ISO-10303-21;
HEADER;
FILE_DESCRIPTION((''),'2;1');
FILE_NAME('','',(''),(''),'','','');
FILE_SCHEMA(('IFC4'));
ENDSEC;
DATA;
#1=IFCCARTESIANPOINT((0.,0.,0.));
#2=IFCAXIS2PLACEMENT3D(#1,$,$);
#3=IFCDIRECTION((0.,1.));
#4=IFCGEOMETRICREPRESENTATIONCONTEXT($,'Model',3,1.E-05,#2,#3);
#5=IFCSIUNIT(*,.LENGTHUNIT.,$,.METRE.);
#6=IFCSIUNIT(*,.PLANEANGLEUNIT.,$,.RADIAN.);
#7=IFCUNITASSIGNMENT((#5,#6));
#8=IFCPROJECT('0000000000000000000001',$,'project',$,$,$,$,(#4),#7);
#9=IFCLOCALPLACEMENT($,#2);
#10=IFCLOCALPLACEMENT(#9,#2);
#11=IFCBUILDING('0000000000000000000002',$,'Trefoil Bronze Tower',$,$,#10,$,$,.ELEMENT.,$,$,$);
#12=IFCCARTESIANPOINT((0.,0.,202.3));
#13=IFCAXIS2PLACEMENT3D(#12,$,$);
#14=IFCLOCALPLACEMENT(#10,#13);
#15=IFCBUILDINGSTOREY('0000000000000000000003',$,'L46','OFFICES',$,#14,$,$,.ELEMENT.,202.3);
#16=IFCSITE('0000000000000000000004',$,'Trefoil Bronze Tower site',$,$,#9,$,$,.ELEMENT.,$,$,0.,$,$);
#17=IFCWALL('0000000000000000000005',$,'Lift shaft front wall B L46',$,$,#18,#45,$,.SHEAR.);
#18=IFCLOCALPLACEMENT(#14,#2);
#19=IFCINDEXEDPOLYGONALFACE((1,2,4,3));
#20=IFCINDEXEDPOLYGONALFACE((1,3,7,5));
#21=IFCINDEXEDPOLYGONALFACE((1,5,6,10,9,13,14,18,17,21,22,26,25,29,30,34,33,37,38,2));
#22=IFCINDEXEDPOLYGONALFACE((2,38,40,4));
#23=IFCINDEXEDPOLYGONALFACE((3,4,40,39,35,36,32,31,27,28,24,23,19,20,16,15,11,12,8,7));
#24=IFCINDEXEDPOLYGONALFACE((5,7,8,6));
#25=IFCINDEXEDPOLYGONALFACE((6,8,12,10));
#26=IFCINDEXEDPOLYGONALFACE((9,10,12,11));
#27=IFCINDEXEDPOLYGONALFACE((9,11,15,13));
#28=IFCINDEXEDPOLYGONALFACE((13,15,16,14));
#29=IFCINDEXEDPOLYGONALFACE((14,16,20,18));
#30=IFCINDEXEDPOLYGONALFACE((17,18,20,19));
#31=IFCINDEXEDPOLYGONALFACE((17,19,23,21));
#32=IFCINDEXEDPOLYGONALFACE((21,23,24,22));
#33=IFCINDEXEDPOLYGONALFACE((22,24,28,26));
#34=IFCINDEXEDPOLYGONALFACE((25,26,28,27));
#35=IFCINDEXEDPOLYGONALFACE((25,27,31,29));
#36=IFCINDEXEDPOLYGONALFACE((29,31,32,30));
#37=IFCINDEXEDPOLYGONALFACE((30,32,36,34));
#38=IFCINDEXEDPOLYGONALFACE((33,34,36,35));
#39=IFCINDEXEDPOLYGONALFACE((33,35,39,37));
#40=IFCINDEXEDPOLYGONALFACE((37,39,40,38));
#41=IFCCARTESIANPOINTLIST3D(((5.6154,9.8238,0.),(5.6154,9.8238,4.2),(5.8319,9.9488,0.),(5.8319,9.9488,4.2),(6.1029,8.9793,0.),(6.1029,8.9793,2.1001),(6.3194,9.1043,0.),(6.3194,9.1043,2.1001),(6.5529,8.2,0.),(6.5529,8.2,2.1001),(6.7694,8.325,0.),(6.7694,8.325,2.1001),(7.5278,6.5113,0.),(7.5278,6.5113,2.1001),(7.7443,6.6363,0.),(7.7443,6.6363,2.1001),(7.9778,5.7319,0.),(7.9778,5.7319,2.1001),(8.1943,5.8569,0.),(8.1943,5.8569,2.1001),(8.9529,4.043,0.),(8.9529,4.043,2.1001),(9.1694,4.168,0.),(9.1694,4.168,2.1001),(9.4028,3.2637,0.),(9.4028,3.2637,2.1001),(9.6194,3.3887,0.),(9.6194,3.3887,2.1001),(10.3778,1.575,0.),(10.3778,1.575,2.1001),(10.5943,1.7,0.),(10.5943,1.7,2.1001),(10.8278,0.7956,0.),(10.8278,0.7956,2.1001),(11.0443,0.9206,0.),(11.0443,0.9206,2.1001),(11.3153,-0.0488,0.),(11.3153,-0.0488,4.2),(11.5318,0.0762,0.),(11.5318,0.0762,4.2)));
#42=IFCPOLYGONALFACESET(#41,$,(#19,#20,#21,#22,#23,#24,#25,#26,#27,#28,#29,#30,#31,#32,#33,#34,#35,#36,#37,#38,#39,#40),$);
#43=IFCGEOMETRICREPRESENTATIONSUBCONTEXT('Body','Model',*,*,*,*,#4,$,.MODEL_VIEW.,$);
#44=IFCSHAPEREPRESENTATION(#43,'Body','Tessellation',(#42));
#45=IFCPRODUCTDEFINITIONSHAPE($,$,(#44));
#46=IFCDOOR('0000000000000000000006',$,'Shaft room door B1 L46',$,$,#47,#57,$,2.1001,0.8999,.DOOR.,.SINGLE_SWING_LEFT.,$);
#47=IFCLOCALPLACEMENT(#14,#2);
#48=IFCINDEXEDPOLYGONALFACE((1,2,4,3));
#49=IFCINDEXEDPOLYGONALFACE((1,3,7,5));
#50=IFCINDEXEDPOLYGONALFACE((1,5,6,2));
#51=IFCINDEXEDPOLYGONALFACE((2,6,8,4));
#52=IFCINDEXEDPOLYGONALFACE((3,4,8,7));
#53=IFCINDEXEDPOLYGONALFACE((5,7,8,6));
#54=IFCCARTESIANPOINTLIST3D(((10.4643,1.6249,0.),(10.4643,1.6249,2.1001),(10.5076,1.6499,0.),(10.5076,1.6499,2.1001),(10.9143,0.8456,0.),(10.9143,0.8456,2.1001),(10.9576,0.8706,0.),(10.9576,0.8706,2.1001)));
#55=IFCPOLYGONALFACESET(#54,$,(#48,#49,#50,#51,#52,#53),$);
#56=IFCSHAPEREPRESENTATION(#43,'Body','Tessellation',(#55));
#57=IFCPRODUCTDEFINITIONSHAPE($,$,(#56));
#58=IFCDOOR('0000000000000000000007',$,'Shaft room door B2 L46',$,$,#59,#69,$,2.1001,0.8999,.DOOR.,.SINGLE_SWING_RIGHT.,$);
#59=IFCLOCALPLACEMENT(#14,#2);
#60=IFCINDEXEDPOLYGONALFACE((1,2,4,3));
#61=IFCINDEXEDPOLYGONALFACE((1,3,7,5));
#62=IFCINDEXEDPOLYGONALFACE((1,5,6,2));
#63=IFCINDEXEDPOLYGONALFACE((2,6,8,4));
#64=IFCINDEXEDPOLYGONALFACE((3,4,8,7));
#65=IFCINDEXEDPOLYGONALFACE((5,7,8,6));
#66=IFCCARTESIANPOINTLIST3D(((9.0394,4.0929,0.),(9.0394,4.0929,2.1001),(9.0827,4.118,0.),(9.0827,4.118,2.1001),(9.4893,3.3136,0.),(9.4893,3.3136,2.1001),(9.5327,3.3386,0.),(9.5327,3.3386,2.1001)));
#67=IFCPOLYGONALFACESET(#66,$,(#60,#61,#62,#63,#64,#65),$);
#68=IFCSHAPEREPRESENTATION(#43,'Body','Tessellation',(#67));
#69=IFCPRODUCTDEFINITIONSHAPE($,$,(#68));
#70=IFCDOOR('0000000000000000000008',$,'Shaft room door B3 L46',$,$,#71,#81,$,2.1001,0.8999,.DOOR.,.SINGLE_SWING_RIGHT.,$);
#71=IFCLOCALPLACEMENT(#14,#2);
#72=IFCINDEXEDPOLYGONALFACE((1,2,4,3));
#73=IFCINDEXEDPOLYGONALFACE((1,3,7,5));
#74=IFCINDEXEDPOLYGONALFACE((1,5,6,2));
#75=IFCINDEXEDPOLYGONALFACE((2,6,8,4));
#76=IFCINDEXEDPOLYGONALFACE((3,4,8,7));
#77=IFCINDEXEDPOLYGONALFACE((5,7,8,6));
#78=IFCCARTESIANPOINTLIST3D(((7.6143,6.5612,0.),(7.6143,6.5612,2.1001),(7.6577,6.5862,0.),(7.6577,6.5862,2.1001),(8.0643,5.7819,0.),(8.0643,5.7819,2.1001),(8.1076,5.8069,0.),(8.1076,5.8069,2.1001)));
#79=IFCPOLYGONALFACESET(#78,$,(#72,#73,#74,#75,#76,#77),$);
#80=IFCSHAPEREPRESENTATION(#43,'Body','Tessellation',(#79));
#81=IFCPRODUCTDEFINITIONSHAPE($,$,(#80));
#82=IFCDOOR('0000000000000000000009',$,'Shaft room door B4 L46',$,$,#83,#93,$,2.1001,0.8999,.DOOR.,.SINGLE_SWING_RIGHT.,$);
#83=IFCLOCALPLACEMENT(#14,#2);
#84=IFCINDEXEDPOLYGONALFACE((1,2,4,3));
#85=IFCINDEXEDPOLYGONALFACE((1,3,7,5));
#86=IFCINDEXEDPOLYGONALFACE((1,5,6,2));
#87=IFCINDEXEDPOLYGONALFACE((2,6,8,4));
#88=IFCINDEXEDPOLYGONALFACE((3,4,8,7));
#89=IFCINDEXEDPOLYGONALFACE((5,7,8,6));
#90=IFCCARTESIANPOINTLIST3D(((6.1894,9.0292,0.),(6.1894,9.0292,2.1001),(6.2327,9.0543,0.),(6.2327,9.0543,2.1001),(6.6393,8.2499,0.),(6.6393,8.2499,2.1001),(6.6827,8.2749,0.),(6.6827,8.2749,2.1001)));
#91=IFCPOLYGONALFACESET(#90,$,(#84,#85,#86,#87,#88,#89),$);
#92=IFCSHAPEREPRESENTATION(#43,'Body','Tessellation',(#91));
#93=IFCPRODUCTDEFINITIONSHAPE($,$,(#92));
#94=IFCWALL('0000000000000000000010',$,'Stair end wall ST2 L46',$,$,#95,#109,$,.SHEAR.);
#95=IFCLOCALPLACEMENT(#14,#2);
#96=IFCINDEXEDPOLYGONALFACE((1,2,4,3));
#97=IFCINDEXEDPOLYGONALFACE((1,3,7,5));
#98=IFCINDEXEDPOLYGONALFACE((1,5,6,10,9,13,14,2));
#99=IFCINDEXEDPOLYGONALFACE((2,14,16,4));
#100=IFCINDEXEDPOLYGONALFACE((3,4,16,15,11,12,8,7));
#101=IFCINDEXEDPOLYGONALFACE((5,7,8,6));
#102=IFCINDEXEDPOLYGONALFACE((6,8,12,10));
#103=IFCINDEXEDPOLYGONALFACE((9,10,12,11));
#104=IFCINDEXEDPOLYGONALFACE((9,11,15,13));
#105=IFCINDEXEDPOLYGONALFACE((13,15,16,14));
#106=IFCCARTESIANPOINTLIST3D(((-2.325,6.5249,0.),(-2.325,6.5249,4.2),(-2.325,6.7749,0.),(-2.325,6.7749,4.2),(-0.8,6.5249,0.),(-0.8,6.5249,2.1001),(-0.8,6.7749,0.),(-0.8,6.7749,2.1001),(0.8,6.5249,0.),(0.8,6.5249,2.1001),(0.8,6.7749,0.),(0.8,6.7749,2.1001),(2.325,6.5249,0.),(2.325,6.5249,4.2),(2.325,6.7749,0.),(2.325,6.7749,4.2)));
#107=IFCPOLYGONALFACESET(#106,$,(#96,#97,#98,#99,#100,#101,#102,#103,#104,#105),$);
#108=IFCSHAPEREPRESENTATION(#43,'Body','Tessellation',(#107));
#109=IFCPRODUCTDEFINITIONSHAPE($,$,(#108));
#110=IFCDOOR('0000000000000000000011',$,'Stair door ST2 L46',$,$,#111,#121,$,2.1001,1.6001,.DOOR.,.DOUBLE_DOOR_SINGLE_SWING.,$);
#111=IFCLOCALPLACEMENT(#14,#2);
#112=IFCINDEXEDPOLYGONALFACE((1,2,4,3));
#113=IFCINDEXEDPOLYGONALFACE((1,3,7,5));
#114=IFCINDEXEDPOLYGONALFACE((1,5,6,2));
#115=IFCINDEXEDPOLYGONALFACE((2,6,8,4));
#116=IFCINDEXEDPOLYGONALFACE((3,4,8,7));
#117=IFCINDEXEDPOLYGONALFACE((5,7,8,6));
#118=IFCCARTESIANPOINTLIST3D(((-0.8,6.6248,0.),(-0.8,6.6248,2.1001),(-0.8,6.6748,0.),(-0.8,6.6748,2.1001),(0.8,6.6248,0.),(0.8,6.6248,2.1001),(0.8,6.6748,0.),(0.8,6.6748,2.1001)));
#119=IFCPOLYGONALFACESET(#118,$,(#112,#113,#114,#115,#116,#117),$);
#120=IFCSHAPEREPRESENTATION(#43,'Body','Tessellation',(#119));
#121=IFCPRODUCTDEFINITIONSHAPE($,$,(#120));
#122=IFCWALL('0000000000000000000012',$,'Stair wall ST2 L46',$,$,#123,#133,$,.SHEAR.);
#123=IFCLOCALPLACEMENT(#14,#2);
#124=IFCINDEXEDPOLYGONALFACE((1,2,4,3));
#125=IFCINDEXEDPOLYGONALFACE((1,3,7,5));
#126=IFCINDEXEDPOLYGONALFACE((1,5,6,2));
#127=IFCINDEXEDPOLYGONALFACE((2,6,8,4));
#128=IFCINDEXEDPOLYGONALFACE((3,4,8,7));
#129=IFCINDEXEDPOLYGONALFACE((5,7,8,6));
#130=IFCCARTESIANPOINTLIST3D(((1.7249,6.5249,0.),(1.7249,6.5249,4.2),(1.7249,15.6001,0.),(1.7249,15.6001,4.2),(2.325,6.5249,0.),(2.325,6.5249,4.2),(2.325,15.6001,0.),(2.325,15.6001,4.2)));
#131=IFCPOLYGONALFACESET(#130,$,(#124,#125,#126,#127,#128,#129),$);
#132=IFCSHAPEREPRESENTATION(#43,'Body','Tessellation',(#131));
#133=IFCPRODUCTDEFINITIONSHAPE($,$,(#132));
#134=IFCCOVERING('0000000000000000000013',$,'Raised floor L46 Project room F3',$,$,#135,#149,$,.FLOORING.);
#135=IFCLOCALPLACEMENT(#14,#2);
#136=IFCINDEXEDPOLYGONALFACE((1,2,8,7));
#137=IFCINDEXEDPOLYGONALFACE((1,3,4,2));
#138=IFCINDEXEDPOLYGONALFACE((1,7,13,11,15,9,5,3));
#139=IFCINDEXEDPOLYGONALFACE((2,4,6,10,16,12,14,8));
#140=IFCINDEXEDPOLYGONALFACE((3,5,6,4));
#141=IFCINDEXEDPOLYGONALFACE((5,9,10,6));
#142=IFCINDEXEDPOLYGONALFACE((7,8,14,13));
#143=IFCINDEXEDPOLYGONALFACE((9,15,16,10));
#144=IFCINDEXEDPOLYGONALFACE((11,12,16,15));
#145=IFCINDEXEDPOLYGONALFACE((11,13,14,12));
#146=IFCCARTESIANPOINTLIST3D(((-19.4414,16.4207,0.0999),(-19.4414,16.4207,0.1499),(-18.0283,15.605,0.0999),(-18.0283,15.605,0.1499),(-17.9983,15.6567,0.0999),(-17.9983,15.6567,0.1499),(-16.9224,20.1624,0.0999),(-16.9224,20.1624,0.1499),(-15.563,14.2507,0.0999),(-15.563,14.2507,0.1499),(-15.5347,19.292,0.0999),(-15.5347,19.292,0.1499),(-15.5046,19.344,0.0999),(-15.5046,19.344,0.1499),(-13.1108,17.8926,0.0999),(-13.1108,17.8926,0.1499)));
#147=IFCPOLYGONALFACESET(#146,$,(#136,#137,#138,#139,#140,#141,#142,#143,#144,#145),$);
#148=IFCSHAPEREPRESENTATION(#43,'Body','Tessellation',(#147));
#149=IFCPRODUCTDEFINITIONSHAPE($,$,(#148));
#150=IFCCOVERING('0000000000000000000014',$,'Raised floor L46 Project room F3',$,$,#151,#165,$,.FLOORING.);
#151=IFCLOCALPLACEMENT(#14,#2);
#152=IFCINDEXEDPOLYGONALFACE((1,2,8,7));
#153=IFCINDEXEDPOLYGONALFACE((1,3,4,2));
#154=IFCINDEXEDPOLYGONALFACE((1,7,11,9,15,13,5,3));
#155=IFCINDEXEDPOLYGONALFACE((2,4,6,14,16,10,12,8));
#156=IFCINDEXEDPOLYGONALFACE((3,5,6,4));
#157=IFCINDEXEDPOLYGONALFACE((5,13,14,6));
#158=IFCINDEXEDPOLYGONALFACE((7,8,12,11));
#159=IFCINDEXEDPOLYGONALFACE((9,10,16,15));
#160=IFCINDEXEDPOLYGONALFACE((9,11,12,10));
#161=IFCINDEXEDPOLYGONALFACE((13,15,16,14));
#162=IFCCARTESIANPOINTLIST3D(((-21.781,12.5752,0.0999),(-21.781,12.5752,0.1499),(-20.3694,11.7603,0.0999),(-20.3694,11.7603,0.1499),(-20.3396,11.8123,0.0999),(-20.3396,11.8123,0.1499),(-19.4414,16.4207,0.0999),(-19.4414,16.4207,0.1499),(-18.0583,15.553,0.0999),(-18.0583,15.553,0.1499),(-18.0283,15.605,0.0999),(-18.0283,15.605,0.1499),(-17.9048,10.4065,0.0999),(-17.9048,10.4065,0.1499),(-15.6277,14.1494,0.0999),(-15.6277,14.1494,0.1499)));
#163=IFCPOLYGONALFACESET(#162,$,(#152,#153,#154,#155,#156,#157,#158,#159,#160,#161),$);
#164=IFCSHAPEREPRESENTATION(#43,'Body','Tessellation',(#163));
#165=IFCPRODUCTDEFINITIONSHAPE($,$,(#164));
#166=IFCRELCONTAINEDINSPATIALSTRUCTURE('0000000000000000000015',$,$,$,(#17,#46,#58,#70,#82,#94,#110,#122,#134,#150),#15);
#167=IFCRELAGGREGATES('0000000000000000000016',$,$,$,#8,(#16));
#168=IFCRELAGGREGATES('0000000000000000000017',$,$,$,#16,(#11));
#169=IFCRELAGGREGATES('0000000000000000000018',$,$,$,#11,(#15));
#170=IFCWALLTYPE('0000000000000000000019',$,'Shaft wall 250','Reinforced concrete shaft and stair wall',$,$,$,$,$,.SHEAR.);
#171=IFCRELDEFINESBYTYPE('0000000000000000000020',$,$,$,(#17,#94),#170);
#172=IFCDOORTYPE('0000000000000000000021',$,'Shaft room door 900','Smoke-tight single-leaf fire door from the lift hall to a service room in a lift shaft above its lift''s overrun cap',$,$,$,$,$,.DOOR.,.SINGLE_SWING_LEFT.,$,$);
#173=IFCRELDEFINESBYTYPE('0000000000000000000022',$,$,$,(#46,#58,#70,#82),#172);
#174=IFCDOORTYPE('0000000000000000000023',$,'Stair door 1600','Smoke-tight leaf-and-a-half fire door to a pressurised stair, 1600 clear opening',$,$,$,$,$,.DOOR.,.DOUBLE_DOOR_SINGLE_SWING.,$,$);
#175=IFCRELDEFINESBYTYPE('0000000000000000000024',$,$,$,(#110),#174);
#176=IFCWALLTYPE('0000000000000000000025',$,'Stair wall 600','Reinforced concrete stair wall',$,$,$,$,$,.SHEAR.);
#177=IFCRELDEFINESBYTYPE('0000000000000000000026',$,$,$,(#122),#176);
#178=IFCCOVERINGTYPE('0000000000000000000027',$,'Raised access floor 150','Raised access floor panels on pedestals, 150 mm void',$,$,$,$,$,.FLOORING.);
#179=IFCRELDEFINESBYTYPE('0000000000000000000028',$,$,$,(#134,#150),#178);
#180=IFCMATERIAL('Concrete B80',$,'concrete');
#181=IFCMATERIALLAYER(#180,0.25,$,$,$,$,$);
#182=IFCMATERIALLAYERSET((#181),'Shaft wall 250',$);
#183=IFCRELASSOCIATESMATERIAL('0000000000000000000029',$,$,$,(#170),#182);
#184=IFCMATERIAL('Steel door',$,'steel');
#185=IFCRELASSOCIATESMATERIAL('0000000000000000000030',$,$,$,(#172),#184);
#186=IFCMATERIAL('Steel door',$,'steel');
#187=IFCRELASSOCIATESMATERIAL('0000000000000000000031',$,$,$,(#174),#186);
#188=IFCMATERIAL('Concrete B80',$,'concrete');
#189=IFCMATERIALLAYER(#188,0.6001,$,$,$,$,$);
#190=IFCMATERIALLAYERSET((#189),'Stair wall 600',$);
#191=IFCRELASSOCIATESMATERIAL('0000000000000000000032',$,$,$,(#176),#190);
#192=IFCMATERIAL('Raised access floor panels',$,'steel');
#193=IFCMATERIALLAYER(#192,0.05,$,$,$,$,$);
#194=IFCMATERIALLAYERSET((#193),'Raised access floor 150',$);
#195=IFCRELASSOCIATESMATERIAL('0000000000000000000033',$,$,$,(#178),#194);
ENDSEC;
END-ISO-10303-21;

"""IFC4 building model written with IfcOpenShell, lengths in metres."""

from ifc_helpers import new_model, si_unit, direction, frame, frame_2d, origin, place, context, subcontext, project, spatial, polyline, rectangle, outline, extrude, material, layer, layer_set, type_object, element, fill, save


model = new_model("IFC4")

# Units and contexts
model_context = context("Model", 3, precision=1e-05, world=origin(), true_north=direction((0.0, 1.0)))
body_context = subcontext(model_context, "Body", "Model", "MODEL_VIEW")
ifc_project = project(units=[si_unit("LENGTHUNIT", "METRE"), si_unit("PLANEANGLEUNIT", "RADIAN")], contexts=[model_context])

# Site, building, storey
site_placement = place(None, origin())
site = spatial("IfcSite", under=ifc_project, at=site_placement, Name="Trefoil Bronze Tower site", CompositionType="ELEMENT", RefElevation=0.0)
building_placement = place(site_placement, origin())
building = spatial("IfcBuilding", under=site, at=building_placement, Name="Trefoil Bronze Tower", CompositionType="ELEMENT")
storey_placement = place(building_placement, frame((0.0, 0.0, 202.3)))
storey = spatial("IfcBuildingStorey", under=building, at=storey_placement, Name="L46", Description="OFFICES", CompositionType="ELEMENT", Elevation=202.3)

# Wall, openings, doors
ifc_material_1 = material(Name="Concrete B80", Category="concrete")
ifc_layer_1 = layer(ifc_material_1, 0.25)
ifc_layer_set_1 = layer_set([ifc_layer_1], Name="Shaft wall 250")
wall_type_1 = type_object("IfcWallType", Name="Shaft wall 250", Description="Reinforced concrete shaft and stair wall", PredefinedType="SHEAR", material=ifc_layer_set_1)
wall_1_placement = place(storey_placement, frame((11.4236, 0.0137, 0.0), z_axis=(0.0, 0.0, 1.0), x_axis=(-0.500002, 0.866024, 0.0)))
wall_1 = element("IfcWall", 1, at=wall_1_placement, inside=storey, type_object=wall_type_1, Name="Lift shaft front wall B L46", PredefinedType="SHEAR", context=body_context, shape_type="SweptSolid", body=[
    extrude(rectangle(XDim=11.3999, YDim=0.25, at=frame_2d((5.7, 0.0))), origin(), (0.0, 0.0, 1.0), 4.2),
])
opening_1_placement = place(wall_1_placement, frame((0.9751, 0.0, 0.0)))
opening_1 = element("IfcOpeningElement", 2, at=opening_1_placement, cuts=wall_1, PredefinedType="OPENING", context=body_context, shape_type="SweptSolid", body=[
    extrude(rectangle(XDim=0.8999, YDim=2.1001, at=frame_2d((0.45, 1.05))), frame((0.0, 0.135, 0.0), z_axis=(0.0, -1.0, 0.0), x_axis=(1.0, 0.0, 0.0)), (0.0, 0.0, 1.0), 0.27),
])
opening_2_placement = place(wall_1_placement, frame((3.825, 0.0, 0.0)))
opening_2 = element("IfcOpeningElement", 3, at=opening_2_placement, cuts=wall_1, PredefinedType="OPENING", context=body_context, shape_type="SweptSolid", body=[
    extrude(rectangle(XDim=0.8999, YDim=2.1001, at=frame_2d((0.45, 1.05))), frame((0.0, 0.135, 0.0), z_axis=(0.0, -1.0, 0.0), x_axis=(1.0, 0.0, 0.0)), (0.0, 0.0, 1.0), 0.27),
])
opening_3_placement = place(wall_1_placement, frame((6.675, 0.0, 0.0)))
opening_3 = element("IfcOpeningElement", 4, at=opening_3_placement, cuts=wall_1, PredefinedType="OPENING", context=body_context, shape_type="SweptSolid", body=[
    extrude(rectangle(XDim=0.8999, YDim=2.1001, at=frame_2d((0.45, 1.05))), frame((0.0, 0.135, 0.0), z_axis=(0.0, -1.0, 0.0), x_axis=(1.0, 0.0, 0.0)), (0.0, 0.0, 1.0), 0.27),
])
opening_4_placement = place(wall_1_placement, frame((9.5249, 0.0, 0.0)))
opening_4 = element("IfcOpeningElement", 5, at=opening_4_placement, cuts=wall_1, PredefinedType="OPENING", context=body_context, shape_type="SweptSolid", body=[
    extrude(rectangle(XDim=0.8999, YDim=2.1001, at=frame_2d((0.45, 1.05))), frame((0.0, 0.135, 0.0), z_axis=(0.0, -1.0, 0.0), x_axis=(1.0, 0.0, 0.0)), (0.0, 0.0, 1.0), 0.27),
])
ifc_material_2 = material(Name="Steel door", Category="steel")
door_type_1 = type_object("IfcDoorType", Name="Shaft room door 900", Description="Smoke-tight single-leaf fire door from the lift hall to a service room in a lift shaft above its lift's overrun cap", OperationType="SINGLE_SWING_LEFT", PredefinedType="DOOR", material=ifc_material_2)
door_1_placement = place(opening_1_placement, frame((0.8999, 0.0, 0.0), z_axis=(0.0, 0.0, 1.0), x_axis=(-1.0, 0.0, 0.0)))
door_1 = element("IfcDoor", 6, at=door_1_placement, inside=storey, type_object=door_type_1, Name="Shaft room door B1 L46", OperationType="SINGLE_SWING_LEFT", OverallHeight=2.1001, OverallWidth=0.8999, PredefinedType="DOOR", context=body_context, shape_type="SweptSolid", body=[
    extrude(rectangle(XDim=0.8999, YDim=2.1001, at=frame_2d((0.45, 1.05))), frame((0.0, 0.0249, 0.0), z_axis=(0.0, -1.0, 0.0), x_axis=(1.0, 0.0, 0.0)), (0.0, 0.0, 1.0), 0.05),
])
fill(opening_1, door_1)
door_2_placement = place(opening_2_placement, frame((0.8999, 0.0, 0.0), z_axis=(0.0, 0.0, 1.0), x_axis=(-1.0, 0.0, 0.0)))
door_2 = element("IfcDoor", 7, at=door_2_placement, inside=storey, type_object=door_type_1, Name="Shaft room door B2 L46", OperationType="SINGLE_SWING_RIGHT", OverallHeight=2.1001, OverallWidth=0.8999, PredefinedType="DOOR", context=body_context, shape_type="SweptSolid", body=[
    extrude(rectangle(XDim=0.8999, YDim=2.1001, at=frame_2d((0.45, 1.05))), frame((0.0, 0.0249, 0.0), z_axis=(0.0, -1.0, 0.0), x_axis=(1.0, 0.0, 0.0)), (0.0, 0.0, 1.0), 0.05),
])
fill(opening_2, door_2)
door_3_placement = place(opening_3_placement, frame((0.8999, 0.0, 0.0), z_axis=(0.0, 0.0, 1.0), x_axis=(-1.0, 0.0, 0.0)))
door_3 = element("IfcDoor", 8, at=door_3_placement, inside=storey, type_object=door_type_1, Name="Shaft room door B3 L46", OperationType="SINGLE_SWING_RIGHT", OverallHeight=2.1001, OverallWidth=0.8999, PredefinedType="DOOR", context=body_context, shape_type="SweptSolid", body=[
    extrude(rectangle(XDim=0.8999, YDim=2.1001, at=frame_2d((0.45, 1.05))), frame((0.0, 0.0249, 0.0), z_axis=(0.0, -1.0, 0.0), x_axis=(1.0, 0.0, 0.0)), (0.0, 0.0, 1.0), 0.05),
])
fill(opening_3, door_3)
door_4_placement = place(opening_4_placement, frame((0.8999, 0.0, 0.0), z_axis=(0.0, 0.0, 1.0), x_axis=(-1.0, 0.0, 0.0)))
door_4 = element("IfcDoor", 9, at=door_4_placement, inside=storey, type_object=door_type_1, Name="Shaft room door B4 L46", OperationType="SINGLE_SWING_RIGHT", OverallHeight=2.1001, OverallWidth=0.8999, PredefinedType="DOOR", context=body_context, shape_type="SweptSolid", body=[
    extrude(rectangle(XDim=0.8999, YDim=2.1001, at=frame_2d((0.45, 1.05))), frame((0.0, 0.0249, 0.0), z_axis=(0.0, -1.0, 0.0), x_axis=(1.0, 0.0, 0.0)), (0.0, 0.0, 1.0), 0.05),
])
fill(opening_4, door_4)

# Wall, opening, door
wall_2_placement = place(storey_placement, frame((2.325, 6.6499, 0.0), z_axis=(0.0, 0.0, 1.0), x_axis=(-1.0, 0.0, 0.0)))
wall_2 = element("IfcWall", 10, at=wall_2_placement, inside=storey, type_object=wall_type_1, Name="Stair end wall ST2 L46", PredefinedType="SHEAR", context=body_context, shape_type="SweptSolid", body=[
    extrude(rectangle(XDim=4.6499, YDim=0.25, at=frame_2d((2.325, 0.0))), origin(), (0.0, 0.0, 1.0), 4.2),
])
opening_5_placement = place(wall_2_placement, frame((1.5249, 0.0, 0.0)))
opening_5 = element("IfcOpeningElement", 11, at=opening_5_placement, cuts=wall_2, PredefinedType="OPENING", context=body_context, shape_type="SweptSolid", body=[
    extrude(rectangle(XDim=1.6001, YDim=2.1001, at=frame_2d((0.8, 1.05))), frame((0.0, 0.135, 0.0), z_axis=(0.0, -1.0, 0.0), x_axis=(1.0, 0.0, 0.0)), (0.0, 0.0, 1.0), 0.27),
])
ifc_material_3 = material(Name="Steel door", Category="steel")
door_type_2 = type_object("IfcDoorType", Name="Stair door 1600", Description="Smoke-tight leaf-and-a-half fire door to a pressurised stair, 1600 clear opening", OperationType="DOUBLE_DOOR_SINGLE_SWING", PredefinedType="DOOR", material=ifc_material_3)
door_5_placement = place(opening_5_placement, frame((1.6001, 0.0, 0.0), z_axis=(0.0, 0.0, 1.0), x_axis=(-1.0, 0.0, 0.0)))
door_5 = element("IfcDoor", 12, at=door_5_placement, inside=storey, type_object=door_type_2, Name="Stair door ST2 L46", OperationType="DOUBLE_DOOR_SINGLE_SWING", OverallHeight=2.1001, OverallWidth=1.6001, PredefinedType="DOOR", context=body_context, shape_type="SweptSolid", body=[
    extrude(rectangle(XDim=1.6001, YDim=2.1001, at=frame_2d((0.8, 1.05))), frame((0.0, 0.0249, 0.0), z_axis=(0.0, -1.0, 0.0), x_axis=(1.0, 0.0, 0.0)), (0.0, 0.0, 1.0), 0.05),
])
fill(opening_5, door_5)

# Wall
ifc_material_4 = material(Name="Concrete B80", Category="concrete")
ifc_layer_2 = layer(ifc_material_4, 0.6001)
ifc_layer_set_2 = layer_set([ifc_layer_2], Name="Stair wall 600")
wall_type_2 = type_object("IfcWallType", Name="Stair wall 600", Description="Reinforced concrete stair wall", PredefinedType="SHEAR", material=ifc_layer_set_2)
wall_3_placement = place(storey_placement, frame((2.0249, 6.5249, 0.0), z_axis=(0.0, 0.0, 1.0), x_axis=(0.0, 1.0, 0.0)))
element("IfcWall", 13, at=wall_3_placement, inside=storey, type_object=wall_type_2, Name="Stair wall ST2 L46", PredefinedType="SHEAR", context=body_context, shape_type="SweptSolid", body=[
    extrude(rectangle(XDim=9.0752, YDim=0.6001, at=frame_2d((4.5376, 0.0))), origin(), (0.0, 0.0, 1.0), 4.2),
])

# Coverings
ifc_material_5 = material(Name="Raised access floor panels", Category="steel")
ifc_layer_3 = layer(ifc_material_5, 0.05)
ifc_layer_set_3 = layer_set([ifc_layer_3], Name="Raised access floor 150")
covering_type = type_object("IfcCoveringType", Name="Raised access floor 150", Description="Raised access floor panels on pedestals, 150 mm void", PredefinedType="FLOORING", material=ifc_layer_set_3)
covering_1_placement = place(storey_placement, frame((0.0, 0.0, 0.0999)))
element("IfcCovering", 14, at=covering_1_placement, inside=storey, type_object=covering_type, Name="Raised floor L46 Project room F3", PredefinedType="FLOORING", context=body_context, shape_type="SweptSolid", body=[
    extrude(outline(polyline([(-16.9224, 20.1624), (-15.5046, 19.344), (-15.5347, 19.292), (-13.1108, 17.8926), (-15.563, 14.2507), (-17.9983, 15.6567), (-18.0283, 15.605), (-19.4414, 16.4207), (-16.9224, 20.1624)])), origin(), (0.0, 0.0, 1.0), 0.05),
])
covering_2_placement = place(storey_placement, frame((0.0, 0.0, 0.0999)))
element("IfcCovering", 15, at=covering_2_placement, inside=storey, type_object=covering_type, Name="Raised floor L46 Project room F3", PredefinedType="FLOORING", context=body_context, shape_type="SweptSolid", body=[
    extrude(outline(polyline([(-21.781, 12.5752), (-19.4414, 16.4207), (-18.0283, 15.605), (-18.0583, 15.553), (-15.6277, 14.1494), (-17.9048, 10.4065), (-20.3396, 11.8123), (-20.3694, 11.7603), (-21.781, 12.5752)])), origin(), (0.0, 0.0, 1.0), 0.05),
])

save(model, "model.ifc")
